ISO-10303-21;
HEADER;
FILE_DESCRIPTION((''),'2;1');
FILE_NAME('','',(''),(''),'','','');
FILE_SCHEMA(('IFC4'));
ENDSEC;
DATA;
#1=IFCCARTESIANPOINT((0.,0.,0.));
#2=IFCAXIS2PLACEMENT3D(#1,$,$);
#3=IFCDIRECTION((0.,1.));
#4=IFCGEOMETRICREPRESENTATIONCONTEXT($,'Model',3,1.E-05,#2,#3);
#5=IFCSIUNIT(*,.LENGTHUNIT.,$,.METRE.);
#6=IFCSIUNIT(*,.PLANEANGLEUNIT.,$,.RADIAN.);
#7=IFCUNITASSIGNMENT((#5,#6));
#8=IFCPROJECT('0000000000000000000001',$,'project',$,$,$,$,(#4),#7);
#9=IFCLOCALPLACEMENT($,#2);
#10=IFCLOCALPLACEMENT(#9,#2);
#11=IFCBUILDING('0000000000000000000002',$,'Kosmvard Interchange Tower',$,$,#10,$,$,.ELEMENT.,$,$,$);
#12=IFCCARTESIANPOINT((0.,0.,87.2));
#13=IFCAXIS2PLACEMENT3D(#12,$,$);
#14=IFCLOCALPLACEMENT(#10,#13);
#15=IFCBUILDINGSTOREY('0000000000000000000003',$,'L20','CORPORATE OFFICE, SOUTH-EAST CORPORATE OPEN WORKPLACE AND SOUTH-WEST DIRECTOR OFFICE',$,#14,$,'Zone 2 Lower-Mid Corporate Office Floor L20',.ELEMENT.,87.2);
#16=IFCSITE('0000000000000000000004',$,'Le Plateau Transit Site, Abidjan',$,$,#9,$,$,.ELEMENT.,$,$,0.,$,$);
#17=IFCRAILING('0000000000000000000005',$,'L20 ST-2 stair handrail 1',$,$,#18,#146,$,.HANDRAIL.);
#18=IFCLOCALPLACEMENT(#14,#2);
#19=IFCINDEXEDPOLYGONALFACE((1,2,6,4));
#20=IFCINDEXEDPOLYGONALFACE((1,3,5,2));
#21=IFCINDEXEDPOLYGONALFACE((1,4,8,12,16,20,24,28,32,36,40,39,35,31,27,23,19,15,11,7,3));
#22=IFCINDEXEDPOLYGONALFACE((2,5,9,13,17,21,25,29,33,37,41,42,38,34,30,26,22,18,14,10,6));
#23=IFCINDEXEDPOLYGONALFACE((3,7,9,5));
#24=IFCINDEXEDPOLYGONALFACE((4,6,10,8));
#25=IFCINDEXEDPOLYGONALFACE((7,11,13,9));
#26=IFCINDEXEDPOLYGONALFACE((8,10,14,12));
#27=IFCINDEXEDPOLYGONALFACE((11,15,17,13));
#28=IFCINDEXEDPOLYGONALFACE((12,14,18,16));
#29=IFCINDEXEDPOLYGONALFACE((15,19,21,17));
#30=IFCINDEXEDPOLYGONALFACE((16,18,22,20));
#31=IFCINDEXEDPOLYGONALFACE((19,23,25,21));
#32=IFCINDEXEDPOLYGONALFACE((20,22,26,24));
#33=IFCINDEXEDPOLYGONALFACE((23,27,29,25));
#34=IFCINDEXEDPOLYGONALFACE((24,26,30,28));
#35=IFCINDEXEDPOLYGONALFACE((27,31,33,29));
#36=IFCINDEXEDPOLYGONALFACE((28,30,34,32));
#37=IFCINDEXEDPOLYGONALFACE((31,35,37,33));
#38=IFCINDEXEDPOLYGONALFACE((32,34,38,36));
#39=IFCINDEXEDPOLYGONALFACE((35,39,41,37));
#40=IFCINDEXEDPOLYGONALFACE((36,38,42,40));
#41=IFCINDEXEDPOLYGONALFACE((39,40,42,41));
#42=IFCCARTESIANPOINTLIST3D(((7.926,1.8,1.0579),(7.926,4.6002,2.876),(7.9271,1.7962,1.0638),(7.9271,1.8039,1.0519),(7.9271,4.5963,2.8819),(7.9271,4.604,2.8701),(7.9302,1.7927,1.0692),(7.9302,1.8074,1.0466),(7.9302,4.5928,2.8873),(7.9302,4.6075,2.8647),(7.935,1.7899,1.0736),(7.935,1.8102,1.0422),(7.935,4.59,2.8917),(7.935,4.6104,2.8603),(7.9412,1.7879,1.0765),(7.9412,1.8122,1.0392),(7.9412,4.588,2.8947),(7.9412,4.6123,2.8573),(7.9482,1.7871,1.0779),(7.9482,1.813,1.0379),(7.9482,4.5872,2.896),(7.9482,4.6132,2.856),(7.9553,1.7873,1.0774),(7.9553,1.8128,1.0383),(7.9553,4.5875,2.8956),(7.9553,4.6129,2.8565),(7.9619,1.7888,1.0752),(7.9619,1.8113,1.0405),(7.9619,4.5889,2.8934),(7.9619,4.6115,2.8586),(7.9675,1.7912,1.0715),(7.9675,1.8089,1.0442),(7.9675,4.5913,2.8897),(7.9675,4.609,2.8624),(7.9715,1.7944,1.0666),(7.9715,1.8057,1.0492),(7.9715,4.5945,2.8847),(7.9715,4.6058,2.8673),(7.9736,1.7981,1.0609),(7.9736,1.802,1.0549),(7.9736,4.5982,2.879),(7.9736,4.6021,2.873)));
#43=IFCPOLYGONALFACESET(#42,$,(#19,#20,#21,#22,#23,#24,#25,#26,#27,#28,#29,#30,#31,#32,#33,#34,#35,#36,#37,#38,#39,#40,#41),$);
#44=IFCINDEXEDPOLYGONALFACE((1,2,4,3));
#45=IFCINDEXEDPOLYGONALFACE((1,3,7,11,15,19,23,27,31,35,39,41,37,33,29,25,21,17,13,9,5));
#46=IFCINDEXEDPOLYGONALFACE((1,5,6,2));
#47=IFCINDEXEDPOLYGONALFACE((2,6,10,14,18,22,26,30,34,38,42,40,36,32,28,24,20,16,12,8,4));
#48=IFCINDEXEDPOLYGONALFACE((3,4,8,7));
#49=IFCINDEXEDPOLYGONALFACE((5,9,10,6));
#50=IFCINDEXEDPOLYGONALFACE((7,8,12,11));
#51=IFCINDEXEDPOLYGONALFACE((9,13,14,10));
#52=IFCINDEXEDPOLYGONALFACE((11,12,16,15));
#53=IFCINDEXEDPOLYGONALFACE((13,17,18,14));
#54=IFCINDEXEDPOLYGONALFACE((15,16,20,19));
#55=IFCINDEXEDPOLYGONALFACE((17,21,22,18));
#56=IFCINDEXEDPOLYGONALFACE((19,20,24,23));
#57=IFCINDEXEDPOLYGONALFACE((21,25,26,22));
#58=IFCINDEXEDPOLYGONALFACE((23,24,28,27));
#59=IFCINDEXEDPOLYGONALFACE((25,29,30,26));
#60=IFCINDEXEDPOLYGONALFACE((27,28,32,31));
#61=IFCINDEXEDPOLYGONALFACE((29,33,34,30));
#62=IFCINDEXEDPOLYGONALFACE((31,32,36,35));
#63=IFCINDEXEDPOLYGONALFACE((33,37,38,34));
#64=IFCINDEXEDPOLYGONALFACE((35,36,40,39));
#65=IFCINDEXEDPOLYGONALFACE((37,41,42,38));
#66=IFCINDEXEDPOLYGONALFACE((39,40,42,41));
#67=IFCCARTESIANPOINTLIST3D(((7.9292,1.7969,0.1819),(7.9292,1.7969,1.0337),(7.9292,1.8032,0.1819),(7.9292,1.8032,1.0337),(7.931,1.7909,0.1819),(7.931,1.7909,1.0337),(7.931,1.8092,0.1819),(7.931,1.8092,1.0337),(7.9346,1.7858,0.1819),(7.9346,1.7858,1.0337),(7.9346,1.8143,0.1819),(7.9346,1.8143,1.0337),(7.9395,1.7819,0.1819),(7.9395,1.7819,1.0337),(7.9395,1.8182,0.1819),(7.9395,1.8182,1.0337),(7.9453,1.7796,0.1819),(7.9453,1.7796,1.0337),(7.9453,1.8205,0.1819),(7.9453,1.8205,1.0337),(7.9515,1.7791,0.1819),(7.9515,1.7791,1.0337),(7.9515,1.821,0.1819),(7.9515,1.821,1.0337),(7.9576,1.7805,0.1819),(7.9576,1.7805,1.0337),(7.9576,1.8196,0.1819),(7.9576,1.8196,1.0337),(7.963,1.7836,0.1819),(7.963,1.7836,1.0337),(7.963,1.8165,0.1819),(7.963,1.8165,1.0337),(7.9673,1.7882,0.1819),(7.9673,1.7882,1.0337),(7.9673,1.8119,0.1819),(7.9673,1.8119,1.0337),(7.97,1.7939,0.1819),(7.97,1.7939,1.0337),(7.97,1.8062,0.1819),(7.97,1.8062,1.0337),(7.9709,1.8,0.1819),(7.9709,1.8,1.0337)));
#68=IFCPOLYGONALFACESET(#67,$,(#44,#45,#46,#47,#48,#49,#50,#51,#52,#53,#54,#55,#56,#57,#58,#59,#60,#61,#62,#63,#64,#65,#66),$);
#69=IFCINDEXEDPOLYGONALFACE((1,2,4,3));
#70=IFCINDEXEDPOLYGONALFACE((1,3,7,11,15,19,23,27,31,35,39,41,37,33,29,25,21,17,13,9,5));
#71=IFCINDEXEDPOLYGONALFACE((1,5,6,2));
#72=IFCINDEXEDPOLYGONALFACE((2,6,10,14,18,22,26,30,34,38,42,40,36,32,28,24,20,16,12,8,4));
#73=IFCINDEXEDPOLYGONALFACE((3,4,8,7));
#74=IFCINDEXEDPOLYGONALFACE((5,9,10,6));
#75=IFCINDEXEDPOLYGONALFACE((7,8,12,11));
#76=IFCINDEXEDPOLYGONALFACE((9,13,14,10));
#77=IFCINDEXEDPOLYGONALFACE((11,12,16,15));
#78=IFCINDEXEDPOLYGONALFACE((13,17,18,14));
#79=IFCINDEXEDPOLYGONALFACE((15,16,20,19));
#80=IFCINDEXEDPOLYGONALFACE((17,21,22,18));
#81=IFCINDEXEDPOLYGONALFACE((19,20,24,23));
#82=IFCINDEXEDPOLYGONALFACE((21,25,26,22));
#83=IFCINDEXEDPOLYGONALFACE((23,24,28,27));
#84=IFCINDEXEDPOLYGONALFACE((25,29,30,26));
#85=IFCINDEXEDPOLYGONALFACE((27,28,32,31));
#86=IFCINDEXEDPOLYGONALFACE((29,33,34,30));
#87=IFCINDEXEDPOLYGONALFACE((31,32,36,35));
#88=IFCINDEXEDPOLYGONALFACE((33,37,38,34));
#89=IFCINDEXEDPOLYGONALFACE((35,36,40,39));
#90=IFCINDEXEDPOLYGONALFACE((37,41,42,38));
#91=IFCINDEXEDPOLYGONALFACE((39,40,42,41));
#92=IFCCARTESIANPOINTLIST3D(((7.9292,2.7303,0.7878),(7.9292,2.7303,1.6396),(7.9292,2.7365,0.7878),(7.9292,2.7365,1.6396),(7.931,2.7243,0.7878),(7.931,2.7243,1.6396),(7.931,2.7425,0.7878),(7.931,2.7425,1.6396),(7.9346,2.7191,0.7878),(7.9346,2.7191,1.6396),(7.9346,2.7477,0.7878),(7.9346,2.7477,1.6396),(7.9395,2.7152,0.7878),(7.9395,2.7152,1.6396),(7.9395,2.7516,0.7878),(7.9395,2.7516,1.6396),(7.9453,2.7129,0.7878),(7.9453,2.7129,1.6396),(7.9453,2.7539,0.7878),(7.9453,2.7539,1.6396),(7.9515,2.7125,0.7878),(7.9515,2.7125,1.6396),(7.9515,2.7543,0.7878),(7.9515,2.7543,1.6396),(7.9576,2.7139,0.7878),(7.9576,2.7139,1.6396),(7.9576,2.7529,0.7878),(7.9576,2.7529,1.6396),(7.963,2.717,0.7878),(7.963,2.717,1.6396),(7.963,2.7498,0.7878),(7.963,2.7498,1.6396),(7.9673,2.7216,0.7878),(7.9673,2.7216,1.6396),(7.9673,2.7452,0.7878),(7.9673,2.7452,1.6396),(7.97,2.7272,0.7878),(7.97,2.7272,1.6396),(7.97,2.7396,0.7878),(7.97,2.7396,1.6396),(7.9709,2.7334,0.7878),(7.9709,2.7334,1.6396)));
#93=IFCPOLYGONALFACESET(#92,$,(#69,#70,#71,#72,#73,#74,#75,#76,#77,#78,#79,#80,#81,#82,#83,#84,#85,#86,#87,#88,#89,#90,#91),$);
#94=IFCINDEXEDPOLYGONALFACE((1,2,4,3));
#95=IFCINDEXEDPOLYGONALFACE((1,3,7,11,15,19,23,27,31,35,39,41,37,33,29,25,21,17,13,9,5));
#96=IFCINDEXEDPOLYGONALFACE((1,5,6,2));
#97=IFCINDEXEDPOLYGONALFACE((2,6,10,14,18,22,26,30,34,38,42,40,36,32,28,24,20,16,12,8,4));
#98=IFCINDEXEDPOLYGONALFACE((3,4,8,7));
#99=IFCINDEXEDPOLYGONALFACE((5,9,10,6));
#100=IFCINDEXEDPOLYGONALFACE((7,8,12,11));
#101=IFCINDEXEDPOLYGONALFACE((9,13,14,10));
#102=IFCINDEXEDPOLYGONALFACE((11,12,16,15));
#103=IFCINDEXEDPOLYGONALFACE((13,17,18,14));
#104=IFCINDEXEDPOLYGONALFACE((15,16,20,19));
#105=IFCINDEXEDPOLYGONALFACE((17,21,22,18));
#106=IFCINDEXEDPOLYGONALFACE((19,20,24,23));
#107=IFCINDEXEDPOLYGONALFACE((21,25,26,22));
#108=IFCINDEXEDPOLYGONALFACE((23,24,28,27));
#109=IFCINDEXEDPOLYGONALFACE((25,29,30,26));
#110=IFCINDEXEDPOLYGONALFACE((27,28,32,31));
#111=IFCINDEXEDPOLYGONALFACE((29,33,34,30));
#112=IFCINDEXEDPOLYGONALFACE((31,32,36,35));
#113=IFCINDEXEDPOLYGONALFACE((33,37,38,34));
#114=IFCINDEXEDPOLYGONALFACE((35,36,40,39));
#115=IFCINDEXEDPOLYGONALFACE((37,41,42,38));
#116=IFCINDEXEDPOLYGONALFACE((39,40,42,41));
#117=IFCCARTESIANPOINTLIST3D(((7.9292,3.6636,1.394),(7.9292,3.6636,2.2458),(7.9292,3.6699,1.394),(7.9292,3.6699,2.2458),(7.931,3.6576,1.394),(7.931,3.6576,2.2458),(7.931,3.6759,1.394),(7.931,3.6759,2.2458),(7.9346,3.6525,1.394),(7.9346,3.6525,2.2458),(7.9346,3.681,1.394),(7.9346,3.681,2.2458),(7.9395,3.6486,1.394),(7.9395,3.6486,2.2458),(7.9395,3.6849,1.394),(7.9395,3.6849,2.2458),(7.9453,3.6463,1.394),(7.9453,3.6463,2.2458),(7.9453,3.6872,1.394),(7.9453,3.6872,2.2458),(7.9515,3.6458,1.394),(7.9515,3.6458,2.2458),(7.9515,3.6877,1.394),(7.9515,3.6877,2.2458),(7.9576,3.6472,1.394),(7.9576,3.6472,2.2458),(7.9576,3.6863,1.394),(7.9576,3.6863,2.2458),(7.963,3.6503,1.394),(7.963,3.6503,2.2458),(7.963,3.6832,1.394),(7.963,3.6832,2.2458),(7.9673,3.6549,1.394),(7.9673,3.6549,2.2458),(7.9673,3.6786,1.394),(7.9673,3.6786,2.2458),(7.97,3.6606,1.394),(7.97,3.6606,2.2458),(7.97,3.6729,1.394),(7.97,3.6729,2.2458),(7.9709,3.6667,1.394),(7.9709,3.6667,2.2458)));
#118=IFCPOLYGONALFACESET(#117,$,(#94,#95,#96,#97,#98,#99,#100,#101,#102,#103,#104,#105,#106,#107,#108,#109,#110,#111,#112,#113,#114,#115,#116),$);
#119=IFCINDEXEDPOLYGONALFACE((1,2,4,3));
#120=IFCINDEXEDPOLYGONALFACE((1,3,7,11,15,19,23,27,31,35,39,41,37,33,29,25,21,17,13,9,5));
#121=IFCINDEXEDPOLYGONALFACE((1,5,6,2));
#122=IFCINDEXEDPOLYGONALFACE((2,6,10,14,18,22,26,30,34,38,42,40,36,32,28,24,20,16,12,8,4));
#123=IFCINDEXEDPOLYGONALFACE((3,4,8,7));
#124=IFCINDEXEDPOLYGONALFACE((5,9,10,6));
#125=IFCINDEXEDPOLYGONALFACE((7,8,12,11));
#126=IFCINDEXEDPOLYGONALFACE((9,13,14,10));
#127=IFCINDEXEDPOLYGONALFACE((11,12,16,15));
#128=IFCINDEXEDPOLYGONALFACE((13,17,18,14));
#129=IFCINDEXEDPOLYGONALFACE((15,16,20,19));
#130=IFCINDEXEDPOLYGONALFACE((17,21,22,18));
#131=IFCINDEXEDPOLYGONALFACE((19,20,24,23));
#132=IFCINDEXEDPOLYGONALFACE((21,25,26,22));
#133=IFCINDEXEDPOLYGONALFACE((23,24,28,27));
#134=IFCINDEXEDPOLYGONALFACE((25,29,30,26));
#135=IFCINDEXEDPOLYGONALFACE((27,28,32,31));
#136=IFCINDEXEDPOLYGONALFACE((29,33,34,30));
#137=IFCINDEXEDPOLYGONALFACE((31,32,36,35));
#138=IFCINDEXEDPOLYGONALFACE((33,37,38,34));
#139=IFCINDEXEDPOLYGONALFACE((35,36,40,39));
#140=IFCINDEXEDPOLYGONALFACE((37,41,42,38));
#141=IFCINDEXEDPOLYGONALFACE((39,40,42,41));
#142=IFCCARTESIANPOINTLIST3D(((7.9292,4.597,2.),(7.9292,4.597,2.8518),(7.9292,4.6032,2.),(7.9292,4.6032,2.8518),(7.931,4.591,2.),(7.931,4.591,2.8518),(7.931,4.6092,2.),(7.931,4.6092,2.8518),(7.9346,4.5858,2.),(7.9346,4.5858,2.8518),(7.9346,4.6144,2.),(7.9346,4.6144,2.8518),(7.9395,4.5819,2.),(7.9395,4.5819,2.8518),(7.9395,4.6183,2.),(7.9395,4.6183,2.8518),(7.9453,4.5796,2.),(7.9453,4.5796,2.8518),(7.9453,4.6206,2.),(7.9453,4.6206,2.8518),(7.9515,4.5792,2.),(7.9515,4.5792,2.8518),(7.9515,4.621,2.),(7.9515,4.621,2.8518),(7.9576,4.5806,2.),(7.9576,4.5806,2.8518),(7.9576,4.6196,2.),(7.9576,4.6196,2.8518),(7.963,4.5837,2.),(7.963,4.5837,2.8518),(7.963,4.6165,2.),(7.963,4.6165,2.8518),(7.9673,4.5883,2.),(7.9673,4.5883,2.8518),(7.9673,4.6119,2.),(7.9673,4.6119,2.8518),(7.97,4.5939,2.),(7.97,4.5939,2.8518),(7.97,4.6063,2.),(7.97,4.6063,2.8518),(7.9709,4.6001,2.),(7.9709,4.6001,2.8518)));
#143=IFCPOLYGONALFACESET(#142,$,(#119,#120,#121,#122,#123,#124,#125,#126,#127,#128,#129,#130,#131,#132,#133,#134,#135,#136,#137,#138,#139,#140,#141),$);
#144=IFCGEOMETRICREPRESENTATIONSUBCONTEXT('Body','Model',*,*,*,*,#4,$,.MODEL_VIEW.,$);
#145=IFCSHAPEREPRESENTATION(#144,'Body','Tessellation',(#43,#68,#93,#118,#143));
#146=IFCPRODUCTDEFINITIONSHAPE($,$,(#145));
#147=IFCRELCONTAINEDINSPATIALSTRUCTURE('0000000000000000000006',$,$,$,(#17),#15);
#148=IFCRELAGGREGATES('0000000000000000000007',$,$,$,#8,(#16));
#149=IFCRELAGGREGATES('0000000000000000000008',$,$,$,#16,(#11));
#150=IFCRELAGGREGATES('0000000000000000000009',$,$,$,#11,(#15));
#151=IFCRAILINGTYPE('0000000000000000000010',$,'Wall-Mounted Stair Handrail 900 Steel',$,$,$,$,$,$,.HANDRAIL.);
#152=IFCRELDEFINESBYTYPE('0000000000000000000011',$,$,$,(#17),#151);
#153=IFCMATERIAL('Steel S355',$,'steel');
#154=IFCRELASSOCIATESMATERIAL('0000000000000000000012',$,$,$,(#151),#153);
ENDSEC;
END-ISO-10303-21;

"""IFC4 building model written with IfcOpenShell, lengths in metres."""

from ifc_helpers import new_model, si_unit, direction, frame, origin, origin_2d, place, context, subcontext, project, spatial, circle, extrude, source, transform, mapped, material, type_object, element, save


model = new_model("IFC4")

# Units and contexts
model_context = context("Model", 3, precision=1e-05, world=origin(), true_north=direction((0.0, 1.0)))
body_context = subcontext(model_context, "Body", "Model", "MODEL_VIEW")
ifc_project = project(units=[si_unit("LENGTHUNIT", "METRE"), si_unit("PLANEANGLEUNIT", "RADIAN")], contexts=[model_context])

# Site, building, storey
site_placement = place(None, origin())
site = spatial("IfcSite", under=ifc_project, at=site_placement, Name="Le Plateau Transit Site, Abidjan", CompositionType="ELEMENT", RefElevation=0.0)
building_placement = place(site_placement, origin())
building = spatial("IfcBuilding", under=site, at=building_placement, Name="Kosmvard Interchange Tower", CompositionType="ELEMENT")
storey_placement = place(building_placement, frame((0.0, 0.0, 87.2)))
storey = spatial("IfcBuildingStorey", under=building, at=storey_placement, Name="L20", Description="CORPORATE OFFICE, SOUTH-EAST CORPORATE OPEN WORKPLACE AND SOUTH-WEST DIRECTOR OFFICE", LongName="Zone 2 Lower-Mid Corporate Office Floor L20", CompositionType="ELEMENT", Elevation=87.2)

# Shared definitions
ifc_material_1 = material(Name="Steel S355", Category="steel")

# Railing
railing_type_1 = type_object("IfcRailingType", Name="Wall-Mounted Stair Handrail 900 Steel", PredefinedType="HANDRAIL", material=ifc_material_1)
shared_shape_1 = source(origin(), body_context, "Body", "SweptSolid", [
    extrude(circle(Radius=0.0239, at=origin_2d()), frame((0.0, 0.0, 0.876), z_axis=(0.0, 0.838706, 0.544585), x_axis=(-1.0, 0.0, 0.0)), (0.0, 0.0, 1.0), 3.3386),
    extrude(circle(Radius=0.021, at=origin_2d()), origin(), (0.0, 0.0, 1.0), 0.8518),
    extrude(circle(Radius=0.021, at=origin_2d()), frame((0.0, 0.9333, 0.606)), (0.0, 0.0, 1.0), 0.8518),
    extrude(circle(Radius=0.021, at=origin_2d()), frame((0.0, 1.8667, 1.2122)), (0.0, 0.0, 1.0), 0.8518),
    extrude(circle(Radius=0.021, at=origin_2d()), frame((0.0, 2.8, 1.8181)), (0.0, 0.0, 1.0), 0.8518),
])
railing_1_placement = place(storey_placement, frame((7.95, 1.8, 0.1819)))
element("IfcRailing", 1, at=railing_1_placement, inside=storey, type_object=railing_type_1, Name="L20 ST-2 stair handrail 1", PredefinedType="HANDRAIL", context=body_context, shape_type="MappedRepresentation", body=[
    mapped(shared_shape_1, transform((0.0, 0.0, 0.0), scale=1.0)),
])

save(model, "model.ifc")
